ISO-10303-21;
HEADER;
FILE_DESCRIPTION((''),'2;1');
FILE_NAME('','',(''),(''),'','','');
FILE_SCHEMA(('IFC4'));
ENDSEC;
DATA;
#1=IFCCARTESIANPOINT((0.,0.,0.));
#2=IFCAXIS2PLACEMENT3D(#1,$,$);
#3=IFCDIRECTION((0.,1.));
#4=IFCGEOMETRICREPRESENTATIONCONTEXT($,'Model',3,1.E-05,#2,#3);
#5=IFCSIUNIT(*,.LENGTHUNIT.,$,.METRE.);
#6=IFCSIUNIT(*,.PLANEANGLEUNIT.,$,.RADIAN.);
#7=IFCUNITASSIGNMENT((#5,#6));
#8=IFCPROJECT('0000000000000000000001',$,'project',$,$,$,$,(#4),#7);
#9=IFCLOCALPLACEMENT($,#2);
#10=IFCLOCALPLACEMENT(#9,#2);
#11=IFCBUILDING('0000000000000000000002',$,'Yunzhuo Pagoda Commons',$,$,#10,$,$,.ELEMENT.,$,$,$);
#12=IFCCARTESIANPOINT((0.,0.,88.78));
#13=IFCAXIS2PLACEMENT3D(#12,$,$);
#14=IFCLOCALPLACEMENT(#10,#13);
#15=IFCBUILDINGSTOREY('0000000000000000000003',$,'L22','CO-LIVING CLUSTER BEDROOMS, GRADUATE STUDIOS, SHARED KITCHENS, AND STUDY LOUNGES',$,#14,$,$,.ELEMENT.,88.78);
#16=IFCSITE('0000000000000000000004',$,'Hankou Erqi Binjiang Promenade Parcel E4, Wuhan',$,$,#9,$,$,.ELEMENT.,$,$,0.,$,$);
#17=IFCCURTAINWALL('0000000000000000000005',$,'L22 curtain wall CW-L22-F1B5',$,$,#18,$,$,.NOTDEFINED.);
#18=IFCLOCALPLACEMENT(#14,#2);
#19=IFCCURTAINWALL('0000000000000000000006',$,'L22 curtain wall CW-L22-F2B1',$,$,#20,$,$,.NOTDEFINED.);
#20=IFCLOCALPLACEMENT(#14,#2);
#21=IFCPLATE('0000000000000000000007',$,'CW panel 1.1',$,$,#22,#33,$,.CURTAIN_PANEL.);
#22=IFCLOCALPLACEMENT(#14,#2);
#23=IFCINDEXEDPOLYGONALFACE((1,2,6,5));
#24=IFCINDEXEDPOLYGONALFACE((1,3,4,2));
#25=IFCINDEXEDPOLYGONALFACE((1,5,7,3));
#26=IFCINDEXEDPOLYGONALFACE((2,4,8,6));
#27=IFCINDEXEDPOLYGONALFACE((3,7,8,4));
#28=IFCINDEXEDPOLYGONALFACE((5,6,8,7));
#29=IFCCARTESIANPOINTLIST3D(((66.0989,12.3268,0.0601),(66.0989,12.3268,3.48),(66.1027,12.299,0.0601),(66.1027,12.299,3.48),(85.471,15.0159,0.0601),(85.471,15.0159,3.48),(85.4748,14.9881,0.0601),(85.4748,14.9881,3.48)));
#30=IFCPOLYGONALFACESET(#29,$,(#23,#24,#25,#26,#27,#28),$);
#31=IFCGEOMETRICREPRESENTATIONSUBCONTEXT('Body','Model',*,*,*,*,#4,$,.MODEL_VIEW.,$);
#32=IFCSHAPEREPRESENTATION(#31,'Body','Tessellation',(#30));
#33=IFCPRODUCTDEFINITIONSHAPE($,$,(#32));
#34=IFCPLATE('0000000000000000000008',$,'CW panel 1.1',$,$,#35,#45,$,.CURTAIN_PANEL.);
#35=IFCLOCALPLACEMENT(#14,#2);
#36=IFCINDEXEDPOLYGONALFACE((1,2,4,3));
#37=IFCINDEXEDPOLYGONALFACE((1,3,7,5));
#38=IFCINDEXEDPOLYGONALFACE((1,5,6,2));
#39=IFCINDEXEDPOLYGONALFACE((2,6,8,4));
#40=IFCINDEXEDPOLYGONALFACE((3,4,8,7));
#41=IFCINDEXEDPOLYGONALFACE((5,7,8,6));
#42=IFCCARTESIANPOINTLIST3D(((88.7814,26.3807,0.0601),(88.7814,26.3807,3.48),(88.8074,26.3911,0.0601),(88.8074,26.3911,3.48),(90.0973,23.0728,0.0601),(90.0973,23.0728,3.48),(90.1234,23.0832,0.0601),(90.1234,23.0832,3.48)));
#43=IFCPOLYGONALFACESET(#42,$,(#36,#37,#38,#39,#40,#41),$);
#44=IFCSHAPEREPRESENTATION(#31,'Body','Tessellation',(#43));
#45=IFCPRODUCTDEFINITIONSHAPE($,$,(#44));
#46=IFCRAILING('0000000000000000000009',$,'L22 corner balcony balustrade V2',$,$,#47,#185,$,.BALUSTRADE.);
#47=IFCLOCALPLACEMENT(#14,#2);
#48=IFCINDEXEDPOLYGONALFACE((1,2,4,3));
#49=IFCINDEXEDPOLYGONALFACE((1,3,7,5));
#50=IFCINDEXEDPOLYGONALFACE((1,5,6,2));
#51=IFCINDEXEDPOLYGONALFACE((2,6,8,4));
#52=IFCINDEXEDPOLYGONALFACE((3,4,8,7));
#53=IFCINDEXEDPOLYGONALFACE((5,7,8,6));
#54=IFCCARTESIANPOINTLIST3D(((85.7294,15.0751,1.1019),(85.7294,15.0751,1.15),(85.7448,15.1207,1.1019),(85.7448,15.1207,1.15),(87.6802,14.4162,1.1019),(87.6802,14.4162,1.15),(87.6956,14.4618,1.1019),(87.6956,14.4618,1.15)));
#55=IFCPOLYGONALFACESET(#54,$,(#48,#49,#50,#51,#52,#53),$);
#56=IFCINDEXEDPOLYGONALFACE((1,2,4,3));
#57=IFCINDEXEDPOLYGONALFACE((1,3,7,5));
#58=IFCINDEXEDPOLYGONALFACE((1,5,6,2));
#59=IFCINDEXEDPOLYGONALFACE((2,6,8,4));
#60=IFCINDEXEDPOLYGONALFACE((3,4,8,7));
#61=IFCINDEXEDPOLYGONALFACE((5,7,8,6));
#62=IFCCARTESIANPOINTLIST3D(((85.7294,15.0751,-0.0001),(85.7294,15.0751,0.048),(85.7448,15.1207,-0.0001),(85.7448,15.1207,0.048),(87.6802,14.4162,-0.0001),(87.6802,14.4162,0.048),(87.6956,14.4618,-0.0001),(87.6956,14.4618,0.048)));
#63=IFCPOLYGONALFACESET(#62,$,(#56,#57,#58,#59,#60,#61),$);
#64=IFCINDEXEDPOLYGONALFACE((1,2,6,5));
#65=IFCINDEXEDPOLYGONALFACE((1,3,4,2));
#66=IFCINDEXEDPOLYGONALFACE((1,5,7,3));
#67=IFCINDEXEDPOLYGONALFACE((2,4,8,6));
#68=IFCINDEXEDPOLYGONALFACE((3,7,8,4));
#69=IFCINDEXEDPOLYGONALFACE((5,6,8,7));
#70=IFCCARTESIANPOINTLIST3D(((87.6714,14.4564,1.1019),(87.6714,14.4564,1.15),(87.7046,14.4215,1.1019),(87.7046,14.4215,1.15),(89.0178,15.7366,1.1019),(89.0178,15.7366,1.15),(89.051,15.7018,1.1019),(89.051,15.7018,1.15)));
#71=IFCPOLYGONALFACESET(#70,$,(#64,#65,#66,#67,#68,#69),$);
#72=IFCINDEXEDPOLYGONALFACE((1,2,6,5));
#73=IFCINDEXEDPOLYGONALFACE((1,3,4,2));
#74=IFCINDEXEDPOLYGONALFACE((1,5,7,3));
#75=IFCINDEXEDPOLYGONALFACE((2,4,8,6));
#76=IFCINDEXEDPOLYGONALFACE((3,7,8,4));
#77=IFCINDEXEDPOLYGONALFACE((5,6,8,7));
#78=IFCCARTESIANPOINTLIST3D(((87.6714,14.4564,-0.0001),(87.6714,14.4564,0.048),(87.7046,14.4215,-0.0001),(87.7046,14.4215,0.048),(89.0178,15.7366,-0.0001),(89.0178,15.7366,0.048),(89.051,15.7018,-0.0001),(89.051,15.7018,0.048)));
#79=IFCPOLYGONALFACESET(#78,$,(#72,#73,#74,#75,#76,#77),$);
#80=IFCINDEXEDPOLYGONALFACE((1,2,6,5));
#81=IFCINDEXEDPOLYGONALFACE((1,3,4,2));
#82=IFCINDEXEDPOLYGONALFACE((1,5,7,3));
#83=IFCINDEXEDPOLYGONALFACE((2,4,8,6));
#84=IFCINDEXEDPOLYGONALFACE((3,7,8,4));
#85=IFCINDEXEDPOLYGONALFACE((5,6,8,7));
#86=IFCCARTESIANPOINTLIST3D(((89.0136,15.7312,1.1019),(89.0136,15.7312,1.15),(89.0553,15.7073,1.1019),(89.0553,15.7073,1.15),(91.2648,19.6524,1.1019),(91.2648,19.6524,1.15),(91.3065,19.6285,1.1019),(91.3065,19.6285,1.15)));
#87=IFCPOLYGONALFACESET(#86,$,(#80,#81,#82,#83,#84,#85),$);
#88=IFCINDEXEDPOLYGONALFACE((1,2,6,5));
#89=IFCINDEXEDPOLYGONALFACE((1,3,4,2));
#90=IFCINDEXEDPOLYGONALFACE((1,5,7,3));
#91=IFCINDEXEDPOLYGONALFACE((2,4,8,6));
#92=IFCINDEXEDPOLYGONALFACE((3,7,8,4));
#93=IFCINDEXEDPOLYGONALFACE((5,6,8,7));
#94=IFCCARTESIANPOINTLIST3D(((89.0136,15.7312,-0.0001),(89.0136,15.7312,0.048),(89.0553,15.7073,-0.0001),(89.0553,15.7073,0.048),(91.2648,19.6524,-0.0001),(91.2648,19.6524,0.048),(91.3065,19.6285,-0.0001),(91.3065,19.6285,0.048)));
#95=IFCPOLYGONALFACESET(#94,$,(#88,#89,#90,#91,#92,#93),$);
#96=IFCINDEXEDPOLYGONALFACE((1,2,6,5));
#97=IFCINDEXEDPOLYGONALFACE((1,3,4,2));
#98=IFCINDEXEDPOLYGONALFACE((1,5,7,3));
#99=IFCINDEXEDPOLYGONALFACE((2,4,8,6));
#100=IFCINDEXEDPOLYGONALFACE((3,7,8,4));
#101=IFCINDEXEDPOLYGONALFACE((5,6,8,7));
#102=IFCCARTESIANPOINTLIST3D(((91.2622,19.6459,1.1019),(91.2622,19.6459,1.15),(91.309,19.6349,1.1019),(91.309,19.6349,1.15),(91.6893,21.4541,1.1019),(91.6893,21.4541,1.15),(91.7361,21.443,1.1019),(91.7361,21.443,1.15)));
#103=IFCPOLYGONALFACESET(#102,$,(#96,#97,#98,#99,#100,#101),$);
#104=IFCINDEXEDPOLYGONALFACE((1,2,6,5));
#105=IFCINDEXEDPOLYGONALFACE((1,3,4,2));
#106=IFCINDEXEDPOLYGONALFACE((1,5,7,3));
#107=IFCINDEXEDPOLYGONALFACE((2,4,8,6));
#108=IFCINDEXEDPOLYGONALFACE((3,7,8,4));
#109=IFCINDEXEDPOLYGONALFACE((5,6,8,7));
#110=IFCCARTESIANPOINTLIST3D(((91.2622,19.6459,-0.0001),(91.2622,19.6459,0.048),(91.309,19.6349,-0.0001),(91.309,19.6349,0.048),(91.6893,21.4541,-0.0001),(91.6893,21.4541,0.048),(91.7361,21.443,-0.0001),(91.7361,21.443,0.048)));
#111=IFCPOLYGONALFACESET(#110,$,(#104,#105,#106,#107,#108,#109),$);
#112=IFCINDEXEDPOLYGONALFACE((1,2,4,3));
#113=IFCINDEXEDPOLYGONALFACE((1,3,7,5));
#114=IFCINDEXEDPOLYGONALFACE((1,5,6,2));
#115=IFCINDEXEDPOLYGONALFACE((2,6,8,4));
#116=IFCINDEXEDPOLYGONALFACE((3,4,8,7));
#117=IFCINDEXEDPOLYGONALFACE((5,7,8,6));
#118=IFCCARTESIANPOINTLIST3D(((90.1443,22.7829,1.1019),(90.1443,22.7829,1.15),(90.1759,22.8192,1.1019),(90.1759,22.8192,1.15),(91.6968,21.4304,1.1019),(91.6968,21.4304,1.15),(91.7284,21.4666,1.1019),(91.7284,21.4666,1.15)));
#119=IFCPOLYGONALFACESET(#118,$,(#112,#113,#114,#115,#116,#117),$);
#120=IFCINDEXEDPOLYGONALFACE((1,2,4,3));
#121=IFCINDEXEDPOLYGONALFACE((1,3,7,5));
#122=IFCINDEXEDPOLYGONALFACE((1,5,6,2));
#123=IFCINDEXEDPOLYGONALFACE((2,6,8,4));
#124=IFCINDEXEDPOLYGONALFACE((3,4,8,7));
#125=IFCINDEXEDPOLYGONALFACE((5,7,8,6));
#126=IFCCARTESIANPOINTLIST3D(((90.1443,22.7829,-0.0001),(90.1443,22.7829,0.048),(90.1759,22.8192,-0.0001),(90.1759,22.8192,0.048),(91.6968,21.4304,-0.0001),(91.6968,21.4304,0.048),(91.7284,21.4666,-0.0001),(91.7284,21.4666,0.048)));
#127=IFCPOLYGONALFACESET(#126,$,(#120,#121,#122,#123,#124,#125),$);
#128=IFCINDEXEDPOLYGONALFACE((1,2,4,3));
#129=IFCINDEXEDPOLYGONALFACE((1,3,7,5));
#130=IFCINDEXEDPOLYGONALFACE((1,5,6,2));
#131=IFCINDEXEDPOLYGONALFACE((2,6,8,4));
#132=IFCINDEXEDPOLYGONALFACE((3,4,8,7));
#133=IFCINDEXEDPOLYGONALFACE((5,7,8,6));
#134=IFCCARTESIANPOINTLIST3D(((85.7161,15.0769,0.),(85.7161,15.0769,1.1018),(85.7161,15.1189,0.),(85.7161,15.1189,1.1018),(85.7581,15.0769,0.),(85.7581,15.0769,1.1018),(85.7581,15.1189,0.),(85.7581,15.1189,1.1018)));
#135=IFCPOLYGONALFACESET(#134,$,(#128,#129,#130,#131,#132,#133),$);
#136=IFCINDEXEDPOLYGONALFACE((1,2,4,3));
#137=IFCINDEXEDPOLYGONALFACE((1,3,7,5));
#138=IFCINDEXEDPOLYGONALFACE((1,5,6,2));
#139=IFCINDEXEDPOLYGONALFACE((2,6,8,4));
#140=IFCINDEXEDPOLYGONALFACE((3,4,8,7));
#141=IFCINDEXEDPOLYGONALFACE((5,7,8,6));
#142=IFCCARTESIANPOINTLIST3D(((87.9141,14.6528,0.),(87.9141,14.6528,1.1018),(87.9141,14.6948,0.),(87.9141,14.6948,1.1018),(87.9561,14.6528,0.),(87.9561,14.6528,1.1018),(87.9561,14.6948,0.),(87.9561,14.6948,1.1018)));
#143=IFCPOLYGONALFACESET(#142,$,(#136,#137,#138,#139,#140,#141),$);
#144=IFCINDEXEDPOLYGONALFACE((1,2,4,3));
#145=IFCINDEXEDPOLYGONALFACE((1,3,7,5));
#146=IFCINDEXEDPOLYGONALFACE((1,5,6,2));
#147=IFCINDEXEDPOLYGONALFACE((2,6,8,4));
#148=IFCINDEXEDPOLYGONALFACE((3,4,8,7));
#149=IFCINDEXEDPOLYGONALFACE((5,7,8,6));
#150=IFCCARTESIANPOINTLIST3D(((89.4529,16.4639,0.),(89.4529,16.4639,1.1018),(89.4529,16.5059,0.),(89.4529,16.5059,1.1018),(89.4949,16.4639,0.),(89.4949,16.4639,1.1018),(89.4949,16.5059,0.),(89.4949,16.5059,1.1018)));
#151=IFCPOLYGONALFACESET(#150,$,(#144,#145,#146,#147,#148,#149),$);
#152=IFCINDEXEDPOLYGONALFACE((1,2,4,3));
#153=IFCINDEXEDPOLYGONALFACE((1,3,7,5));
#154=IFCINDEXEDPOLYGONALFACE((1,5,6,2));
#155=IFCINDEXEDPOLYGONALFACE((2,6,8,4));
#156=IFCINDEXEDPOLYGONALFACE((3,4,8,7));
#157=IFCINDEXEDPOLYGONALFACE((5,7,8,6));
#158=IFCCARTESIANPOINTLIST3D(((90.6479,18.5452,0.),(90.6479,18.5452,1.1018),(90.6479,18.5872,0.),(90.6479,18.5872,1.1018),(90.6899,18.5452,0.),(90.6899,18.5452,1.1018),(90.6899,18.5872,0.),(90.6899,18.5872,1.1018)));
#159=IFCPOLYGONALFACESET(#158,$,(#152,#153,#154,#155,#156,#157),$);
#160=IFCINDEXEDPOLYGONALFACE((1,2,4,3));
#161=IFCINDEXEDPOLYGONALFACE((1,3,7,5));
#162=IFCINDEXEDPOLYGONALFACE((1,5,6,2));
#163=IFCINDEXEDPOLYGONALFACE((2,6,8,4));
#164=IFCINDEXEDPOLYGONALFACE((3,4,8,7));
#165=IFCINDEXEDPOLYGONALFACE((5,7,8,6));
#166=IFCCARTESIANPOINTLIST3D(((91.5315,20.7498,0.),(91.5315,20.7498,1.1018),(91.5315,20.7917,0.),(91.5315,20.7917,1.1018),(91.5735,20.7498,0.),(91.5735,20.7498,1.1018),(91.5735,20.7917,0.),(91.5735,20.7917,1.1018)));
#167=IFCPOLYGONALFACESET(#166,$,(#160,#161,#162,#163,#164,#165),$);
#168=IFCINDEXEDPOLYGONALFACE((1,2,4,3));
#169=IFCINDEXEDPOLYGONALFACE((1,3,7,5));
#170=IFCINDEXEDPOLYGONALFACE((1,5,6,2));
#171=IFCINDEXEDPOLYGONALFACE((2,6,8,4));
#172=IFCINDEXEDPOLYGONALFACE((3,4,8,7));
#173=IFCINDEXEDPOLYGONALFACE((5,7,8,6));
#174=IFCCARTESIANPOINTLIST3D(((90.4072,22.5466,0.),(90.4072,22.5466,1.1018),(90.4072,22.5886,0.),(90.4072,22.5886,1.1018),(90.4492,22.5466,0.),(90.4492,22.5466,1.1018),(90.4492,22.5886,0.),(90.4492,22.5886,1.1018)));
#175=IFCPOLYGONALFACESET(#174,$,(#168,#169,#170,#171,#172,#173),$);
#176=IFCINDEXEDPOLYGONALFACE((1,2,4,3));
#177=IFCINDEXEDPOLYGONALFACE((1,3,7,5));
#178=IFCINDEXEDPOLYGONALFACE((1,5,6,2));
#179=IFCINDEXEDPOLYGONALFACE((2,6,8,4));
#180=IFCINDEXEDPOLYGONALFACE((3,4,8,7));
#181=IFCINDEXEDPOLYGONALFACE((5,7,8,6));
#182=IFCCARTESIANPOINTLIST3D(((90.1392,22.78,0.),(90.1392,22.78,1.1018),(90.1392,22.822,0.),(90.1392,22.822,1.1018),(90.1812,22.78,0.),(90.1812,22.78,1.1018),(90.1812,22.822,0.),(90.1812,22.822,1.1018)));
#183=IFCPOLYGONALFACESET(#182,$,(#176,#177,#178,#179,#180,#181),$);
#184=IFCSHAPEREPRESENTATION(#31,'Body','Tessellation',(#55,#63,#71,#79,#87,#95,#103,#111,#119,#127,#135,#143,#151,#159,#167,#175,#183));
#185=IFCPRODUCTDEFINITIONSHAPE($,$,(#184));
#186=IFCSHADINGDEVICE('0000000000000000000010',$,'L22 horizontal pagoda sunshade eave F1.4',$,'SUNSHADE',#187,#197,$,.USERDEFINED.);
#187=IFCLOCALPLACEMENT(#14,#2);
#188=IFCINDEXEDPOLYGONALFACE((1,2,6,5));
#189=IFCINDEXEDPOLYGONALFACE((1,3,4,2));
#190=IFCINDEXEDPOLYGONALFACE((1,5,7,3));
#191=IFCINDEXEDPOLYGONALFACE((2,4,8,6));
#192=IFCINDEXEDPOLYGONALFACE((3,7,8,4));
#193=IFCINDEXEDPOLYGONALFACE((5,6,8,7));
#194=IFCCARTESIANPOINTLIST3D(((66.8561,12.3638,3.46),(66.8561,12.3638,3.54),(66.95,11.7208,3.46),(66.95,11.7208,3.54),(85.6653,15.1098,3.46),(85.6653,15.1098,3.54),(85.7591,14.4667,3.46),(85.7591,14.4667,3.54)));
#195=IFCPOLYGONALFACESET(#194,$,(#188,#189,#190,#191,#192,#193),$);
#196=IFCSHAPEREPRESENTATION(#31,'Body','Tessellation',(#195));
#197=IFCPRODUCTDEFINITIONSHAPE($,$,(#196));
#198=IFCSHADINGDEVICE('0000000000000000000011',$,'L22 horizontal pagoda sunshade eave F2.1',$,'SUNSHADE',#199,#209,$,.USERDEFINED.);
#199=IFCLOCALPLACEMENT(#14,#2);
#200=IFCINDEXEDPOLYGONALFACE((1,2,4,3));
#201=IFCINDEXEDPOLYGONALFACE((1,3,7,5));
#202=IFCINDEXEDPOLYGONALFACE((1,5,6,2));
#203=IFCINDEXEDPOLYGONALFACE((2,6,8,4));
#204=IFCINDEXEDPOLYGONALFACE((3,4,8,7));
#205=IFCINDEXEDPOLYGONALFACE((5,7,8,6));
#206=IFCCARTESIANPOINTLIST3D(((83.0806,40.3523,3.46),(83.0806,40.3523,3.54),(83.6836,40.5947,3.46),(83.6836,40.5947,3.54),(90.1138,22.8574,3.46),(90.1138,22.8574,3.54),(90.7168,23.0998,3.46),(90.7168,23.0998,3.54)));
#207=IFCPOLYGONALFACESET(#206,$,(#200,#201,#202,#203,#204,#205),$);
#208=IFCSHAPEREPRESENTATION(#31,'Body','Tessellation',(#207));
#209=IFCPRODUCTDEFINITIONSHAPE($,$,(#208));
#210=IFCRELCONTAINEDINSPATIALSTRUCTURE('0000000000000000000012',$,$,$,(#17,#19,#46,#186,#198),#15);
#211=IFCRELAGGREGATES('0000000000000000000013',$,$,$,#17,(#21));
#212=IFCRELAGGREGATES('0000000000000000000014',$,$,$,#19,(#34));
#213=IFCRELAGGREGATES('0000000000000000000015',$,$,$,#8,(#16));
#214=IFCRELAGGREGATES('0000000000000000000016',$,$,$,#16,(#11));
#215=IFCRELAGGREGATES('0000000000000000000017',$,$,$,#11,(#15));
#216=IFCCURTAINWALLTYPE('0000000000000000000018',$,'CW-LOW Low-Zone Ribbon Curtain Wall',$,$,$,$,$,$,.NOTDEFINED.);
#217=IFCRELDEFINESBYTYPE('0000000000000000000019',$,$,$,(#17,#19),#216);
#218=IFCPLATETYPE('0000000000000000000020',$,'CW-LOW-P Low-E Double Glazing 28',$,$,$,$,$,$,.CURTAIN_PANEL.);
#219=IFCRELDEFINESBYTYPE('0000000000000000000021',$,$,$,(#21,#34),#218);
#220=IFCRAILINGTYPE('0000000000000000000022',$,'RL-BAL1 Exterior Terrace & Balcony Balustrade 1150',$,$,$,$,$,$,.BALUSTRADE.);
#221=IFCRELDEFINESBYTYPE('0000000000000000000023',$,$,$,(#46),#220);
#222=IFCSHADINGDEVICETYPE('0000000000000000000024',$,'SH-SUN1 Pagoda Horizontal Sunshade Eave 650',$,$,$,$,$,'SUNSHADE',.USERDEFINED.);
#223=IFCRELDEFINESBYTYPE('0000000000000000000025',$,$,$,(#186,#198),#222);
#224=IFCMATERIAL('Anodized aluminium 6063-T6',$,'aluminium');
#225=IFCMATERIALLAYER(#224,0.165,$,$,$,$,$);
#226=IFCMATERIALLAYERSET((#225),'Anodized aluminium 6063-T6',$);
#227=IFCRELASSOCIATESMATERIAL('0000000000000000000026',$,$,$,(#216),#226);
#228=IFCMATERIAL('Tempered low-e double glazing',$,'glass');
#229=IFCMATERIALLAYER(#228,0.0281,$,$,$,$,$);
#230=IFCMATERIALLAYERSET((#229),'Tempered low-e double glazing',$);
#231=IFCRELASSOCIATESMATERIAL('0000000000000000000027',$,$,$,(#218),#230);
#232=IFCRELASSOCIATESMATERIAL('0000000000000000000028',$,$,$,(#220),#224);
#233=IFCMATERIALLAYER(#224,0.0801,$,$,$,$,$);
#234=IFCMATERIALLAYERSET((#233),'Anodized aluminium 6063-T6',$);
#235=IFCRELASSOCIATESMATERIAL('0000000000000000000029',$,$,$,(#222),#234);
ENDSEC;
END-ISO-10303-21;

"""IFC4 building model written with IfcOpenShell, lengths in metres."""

from ifc_helpers import new_model, si_unit, direction, frame, origin, origin_2d, place, context, subcontext, project, spatial, rectangle, extrude, source, transform, mapped, material, layer, layer_set, type_object, element, aggregate, save


model = new_model("IFC4")

# Units and contexts
model_context = context("Model", 3, precision=1e-05, world=origin(), true_north=direction((0.0, 1.0)))
body_context = subcontext(model_context, "Body", "Model", "MODEL_VIEW")
ifc_project = project(units=[si_unit("LENGTHUNIT", "METRE"), si_unit("PLANEANGLEUNIT", "RADIAN")], contexts=[model_context])

# Site, building, storey
site_placement = place(None, origin())
site = spatial("IfcSite", under=ifc_project, at=site_placement, Name="Hankou Erqi Binjiang Promenade Parcel E4, Wuhan", CompositionType="ELEMENT", RefElevation=0.0)
building_placement = place(site_placement, origin())
building = spatial("IfcBuilding", under=site, at=building_placement, Name="Yunzhuo Pagoda Commons", CompositionType="ELEMENT")
storey_placement = place(building_placement, frame((0.0, 0.0, 88.78)))
storey = spatial("IfcBuildingStorey", under=building, at=storey_placement, Name="L22", Description="CO-LIVING CLUSTER BEDROOMS, GRADUATE STUDIOS, SHARED KITCHENS, AND STUDY LOUNGES", CompositionType="ELEMENT", Elevation=88.78)

# Curtain wall
ifc_material_1 = material(Name="Anodized aluminium 6063-T6", Category="aluminium")
ifc_layer_1 = layer(ifc_material_1, 0.165)
ifc_layer_set_1 = layer_set([ifc_layer_1], Name="Anodized aluminium 6063-T6")
curtain_wall_type = type_object("IfcCurtainWallType", Name="CW-LOW Low-Zone Ribbon Curtain Wall", PredefinedType="NOTDEFINED", material=ifc_layer_set_1)
curtain_wall_1_placement = place(storey_placement, origin())
curtain_wall_1 = element("IfcCurtainWall", 1, at=curtain_wall_1_placement, inside=storey, type_object=curtain_wall_type, Name="L22 curtain wall CW-L22-F1B5", PredefinedType="NOTDEFINED")

# Curtain wall
curtain_wall_2_placement = place(storey_placement, origin())
curtain_wall_2 = element("IfcCurtainWall", 2, at=curtain_wall_2_placement, inside=storey, type_object=curtain_wall_type, Name="L22 curtain wall CW-L22-F2B1", PredefinedType="NOTDEFINED")

# Plates
ifc_material_2 = material(Name="Tempered low-e double glazing", Category="glass")
ifc_layer_2 = layer(ifc_material_2, 0.0281)
ifc_layer_set_2 = layer_set([ifc_layer_2], Name="Tempered low-e double glazing")
plate_type_1 = type_object("IfcPlateType", Name="CW-LOW-P Low-E Double Glazing 28", PredefinedType="CURTAIN_PANEL", material=ifc_layer_set_2)
shared_shape_1 = source(origin(), body_context, "Body", "SweptSolid", [
    extrude(rectangle(XDim=19.5579, YDim=0.0281, at=origin_2d()), origin(), (0.0, 0.0, 1.0), 3.4199),
])
plate_1_placement = place(storey_placement, frame((75.7869, 13.6575, 0.0601), z_axis=(0.0, 0.0, 1.0), x_axis=(0.990502, 0.137496, 0.0)))
plate_1 = element("IfcPlate", 3, at=plate_1_placement, type_object=plate_type_1, Name="CW panel 1.1", PredefinedType="CURTAIN_PANEL", context=body_context, shape_type="MappedRepresentation", body=[
    mapped(shared_shape_1, transform((0.0, 0.0, 0.0), scale=1.0)),
])
aggregate(curtain_wall_1, [plate_1])
shared_shape_2 = source(origin(), body_context, "Body", "SweptSolid", [
    extrude(rectangle(XDim=3.5601, YDim=0.0281, at=origin_2d()), origin(), (0.0, 0.0, 1.0), 3.4199),
])
plate_2_placement = place(storey_placement, frame((89.4524, 24.7319, 0.0601), z_axis=(0.0, 0.0, 1.0), x_axis=(-0.369652, 0.92917, 0.0)))
plate_2 = element("IfcPlate", 4, at=plate_2_placement, type_object=plate_type_1, Name="CW panel 1.1", PredefinedType="CURTAIN_PANEL", context=body_context, shape_type="MappedRepresentation", body=[
    mapped(shared_shape_2, transform((0.0, 0.0, 0.0), scale=1.0)),
])
aggregate(curtain_wall_2, [plate_2])

# Railing
railing_type = type_object("IfcRailingType", Name="RL-BAL1 Exterior Terrace & Balcony Balustrade 1150", PredefinedType="BALUSTRADE", material=ifc_material_1)
railing_placement = place(storey_placement, frame((85.7371, 15.0979, 0.0)))
element("IfcRailing", 5, at=railing_placement, inside=storey, type_object=railing_type, Name="L22 corner balcony balustrade V2", PredefinedType="BALUSTRADE", context=body_context, shape_type="SweptSolid", body=[
    extrude(rectangle(XDim=0.0481, YDim=0.0481, at=origin_2d()), frame((0.0, 0.0, 1.126), z_axis=(0.947419, -0.319996, 0.0), x_axis=(0.319996, 0.947419, 0.0)), (0.0, 0.0, 1.0), 2.0591),
    extrude(rectangle(XDim=0.0481, YDim=0.0481, at=origin_2d()), frame((0.0, 0.0, 0.0239), z_axis=(0.947419, -0.319996, 0.0), x_axis=(0.319996, 0.947419, 0.0)), (0.0, 0.0, 1.0), 2.0591),
    extrude(rectangle(XDim=0.0481, YDim=0.0481, at=origin_2d()), frame((1.9509, -0.6589, 1.126), z_axis=(0.724688, 0.689077, 0.0), x_axis=(-0.689077, 0.724688, 0.0)), (0.0, 0.0, 1.0), 1.8579),
    extrude(rectangle(XDim=0.0481, YDim=0.0481, at=origin_2d()), frame((1.9509, -0.6589, 0.0239), z_axis=(0.724688, 0.689077, 0.0), x_axis=(-0.689077, 0.724688, 0.0)), (0.0, 0.0, 1.0), 1.8579),
    extrude(rectangle(XDim=0.0481, YDim=0.0481, at=origin_2d()), frame((3.2974, 0.6213, 1.126), z_axis=(0.4979, 0.867235, 0.0), x_axis=(-0.867235, 0.4979, 0.0)), (0.0, 0.0, 1.0), 4.5215),
    extrude(rectangle(XDim=0.0481, YDim=0.0481, at=origin_2d()), frame((3.2974, 0.6213, 0.0239), z_axis=(0.4979, 0.867235, 0.0), x_axis=(-0.867235, 0.4979, 0.0)), (0.0, 0.0, 1.0), 4.5215),
    extrude(rectangle(XDim=0.0481, YDim=0.0481, at=origin_2d()), frame((5.5486, 4.5425, 1.126), z_axis=(0.229838, 0.973229, 0.0), x_axis=(-0.973229, 0.229838, 0.0)), (0.0, 0.0, 1.0), 1.8579),
    extrude(rectangle(XDim=0.0481, YDim=0.0481, at=origin_2d()), frame((5.5486, 4.5425, 0.0239), z_axis=(0.229838, 0.973229, 0.0), x_axis=(-0.973229, 0.229838, 0.0)), (0.0, 0.0, 1.0), 1.8579),
    extrude(rectangle(XDim=0.0481, YDim=0.0481, at=origin_2d()), frame((5.9756, 6.3506, 1.126), z_axis=(-0.753993, 0.656883, 0.0), x_axis=(-0.656883, -0.753993, 0.0)), (0.0, 0.0, 1.0), 2.0591),
    extrude(rectangle(XDim=0.0481, YDim=0.0481, at=origin_2d()), frame((5.9756, 6.3506, 0.0239), z_axis=(-0.753993, 0.656883, 0.0), x_axis=(-0.656883, -0.753993, 0.0)), (0.0, 0.0, 1.0), 2.0591),
    extrude(rectangle(XDim=0.042, YDim=0.042, at=origin_2d()), origin(), (0.0, 0.0, 1.0), 1.1018),
    extrude(rectangle(XDim=0.042, YDim=0.042, at=origin_2d()), frame((2.198, -0.4241, 0.0)), (0.0, 0.0, 1.0), 1.1018),
    extrude(rectangle(XDim=0.042, YDim=0.042, at=origin_2d()), frame((3.7368, 1.387, 0.0)), (0.0, 0.0, 1.0), 1.1018),
    extrude(rectangle(XDim=0.042, YDim=0.042, at=origin_2d()), frame((4.9319, 3.4683, 0.0)), (0.0, 0.0, 1.0), 1.1018),
    extrude(rectangle(XDim=0.042, YDim=0.042, at=origin_2d()), frame((5.8154, 5.6729, 0.0)), (0.0, 0.0, 1.0), 1.1018),
    extrude(rectangle(XDim=0.042, YDim=0.042, at=origin_2d()), frame((4.6912, 7.4697, 0.0)), (0.0, 0.0, 1.0), 1.1018),
    extrude(rectangle(XDim=0.042, YDim=0.042, at=origin_2d()), frame((4.4231, 7.7031, 0.0)), (0.0, 0.0, 1.0), 1.1018),
])

# Shading devices
ifc_layer_3 = layer(ifc_material_1, 0.0801)
ifc_layer_set_3 = layer_set([ifc_layer_3], Name="Anodized aluminium 6063-T6")
shading_device_type = type_object("IfcShadingDeviceType", Name="SH-SUN1 Pagoda Horizontal Sunshade Eave 650", ElementType="SUNSHADE", PredefinedType="USERDEFINED", material=ifc_layer_set_3)
shared_shape_3 = source(origin(), body_context, "Body", "SweptSolid", [
    extrude(rectangle(XDim=19.0085, YDim=0.6499, at=origin_2d()), origin(), (0.0, 0.0, 1.0), 0.0801),
])
shading_device_1_placement = place(storey_placement, frame((76.3076, 13.4153, 3.46), z_axis=(0.0, 0.0, 1.0), x_axis=(0.989511, 0.14446, 0.0)))
element("IfcShadingDevice", 6, at=shading_device_1_placement, inside=storey, type_object=shading_device_type, Name="L22 horizontal pagoda sunshade eave F1.4", ObjectType="SUNSHADE", PredefinedType="USERDEFINED", context=body_context, shape_type="MappedRepresentation", body=[
    mapped(shared_shape_3, transform((0.0, 0.0, 0.0), scale=1.0)),
])
shared_shape_4 = source(origin(), body_context, "Body", "SweptSolid", [
    extrude(rectangle(XDim=18.8557, YDim=0.6499, at=origin_2d()), origin(), (0.0, 0.0, 1.0), 0.0801),
])
shading_device_2_placement = place(storey_placement, frame((86.8987, 31.7261, 3.46), z_axis=(0.0, 0.0, 1.0), x_axis=(-0.373004, 0.92783, 0.0)))
element("IfcShadingDevice", 7, at=shading_device_2_placement, inside=storey, type_object=shading_device_type, Name="L22 horizontal pagoda sunshade eave F2.1", ObjectType="SUNSHADE", PredefinedType="USERDEFINED", context=body_context, shape_type="MappedRepresentation", body=[
    mapped(shared_shape_4, transform((0.0, 0.0, 0.0), scale=1.0)),
])

save(model, "model.ifc")
